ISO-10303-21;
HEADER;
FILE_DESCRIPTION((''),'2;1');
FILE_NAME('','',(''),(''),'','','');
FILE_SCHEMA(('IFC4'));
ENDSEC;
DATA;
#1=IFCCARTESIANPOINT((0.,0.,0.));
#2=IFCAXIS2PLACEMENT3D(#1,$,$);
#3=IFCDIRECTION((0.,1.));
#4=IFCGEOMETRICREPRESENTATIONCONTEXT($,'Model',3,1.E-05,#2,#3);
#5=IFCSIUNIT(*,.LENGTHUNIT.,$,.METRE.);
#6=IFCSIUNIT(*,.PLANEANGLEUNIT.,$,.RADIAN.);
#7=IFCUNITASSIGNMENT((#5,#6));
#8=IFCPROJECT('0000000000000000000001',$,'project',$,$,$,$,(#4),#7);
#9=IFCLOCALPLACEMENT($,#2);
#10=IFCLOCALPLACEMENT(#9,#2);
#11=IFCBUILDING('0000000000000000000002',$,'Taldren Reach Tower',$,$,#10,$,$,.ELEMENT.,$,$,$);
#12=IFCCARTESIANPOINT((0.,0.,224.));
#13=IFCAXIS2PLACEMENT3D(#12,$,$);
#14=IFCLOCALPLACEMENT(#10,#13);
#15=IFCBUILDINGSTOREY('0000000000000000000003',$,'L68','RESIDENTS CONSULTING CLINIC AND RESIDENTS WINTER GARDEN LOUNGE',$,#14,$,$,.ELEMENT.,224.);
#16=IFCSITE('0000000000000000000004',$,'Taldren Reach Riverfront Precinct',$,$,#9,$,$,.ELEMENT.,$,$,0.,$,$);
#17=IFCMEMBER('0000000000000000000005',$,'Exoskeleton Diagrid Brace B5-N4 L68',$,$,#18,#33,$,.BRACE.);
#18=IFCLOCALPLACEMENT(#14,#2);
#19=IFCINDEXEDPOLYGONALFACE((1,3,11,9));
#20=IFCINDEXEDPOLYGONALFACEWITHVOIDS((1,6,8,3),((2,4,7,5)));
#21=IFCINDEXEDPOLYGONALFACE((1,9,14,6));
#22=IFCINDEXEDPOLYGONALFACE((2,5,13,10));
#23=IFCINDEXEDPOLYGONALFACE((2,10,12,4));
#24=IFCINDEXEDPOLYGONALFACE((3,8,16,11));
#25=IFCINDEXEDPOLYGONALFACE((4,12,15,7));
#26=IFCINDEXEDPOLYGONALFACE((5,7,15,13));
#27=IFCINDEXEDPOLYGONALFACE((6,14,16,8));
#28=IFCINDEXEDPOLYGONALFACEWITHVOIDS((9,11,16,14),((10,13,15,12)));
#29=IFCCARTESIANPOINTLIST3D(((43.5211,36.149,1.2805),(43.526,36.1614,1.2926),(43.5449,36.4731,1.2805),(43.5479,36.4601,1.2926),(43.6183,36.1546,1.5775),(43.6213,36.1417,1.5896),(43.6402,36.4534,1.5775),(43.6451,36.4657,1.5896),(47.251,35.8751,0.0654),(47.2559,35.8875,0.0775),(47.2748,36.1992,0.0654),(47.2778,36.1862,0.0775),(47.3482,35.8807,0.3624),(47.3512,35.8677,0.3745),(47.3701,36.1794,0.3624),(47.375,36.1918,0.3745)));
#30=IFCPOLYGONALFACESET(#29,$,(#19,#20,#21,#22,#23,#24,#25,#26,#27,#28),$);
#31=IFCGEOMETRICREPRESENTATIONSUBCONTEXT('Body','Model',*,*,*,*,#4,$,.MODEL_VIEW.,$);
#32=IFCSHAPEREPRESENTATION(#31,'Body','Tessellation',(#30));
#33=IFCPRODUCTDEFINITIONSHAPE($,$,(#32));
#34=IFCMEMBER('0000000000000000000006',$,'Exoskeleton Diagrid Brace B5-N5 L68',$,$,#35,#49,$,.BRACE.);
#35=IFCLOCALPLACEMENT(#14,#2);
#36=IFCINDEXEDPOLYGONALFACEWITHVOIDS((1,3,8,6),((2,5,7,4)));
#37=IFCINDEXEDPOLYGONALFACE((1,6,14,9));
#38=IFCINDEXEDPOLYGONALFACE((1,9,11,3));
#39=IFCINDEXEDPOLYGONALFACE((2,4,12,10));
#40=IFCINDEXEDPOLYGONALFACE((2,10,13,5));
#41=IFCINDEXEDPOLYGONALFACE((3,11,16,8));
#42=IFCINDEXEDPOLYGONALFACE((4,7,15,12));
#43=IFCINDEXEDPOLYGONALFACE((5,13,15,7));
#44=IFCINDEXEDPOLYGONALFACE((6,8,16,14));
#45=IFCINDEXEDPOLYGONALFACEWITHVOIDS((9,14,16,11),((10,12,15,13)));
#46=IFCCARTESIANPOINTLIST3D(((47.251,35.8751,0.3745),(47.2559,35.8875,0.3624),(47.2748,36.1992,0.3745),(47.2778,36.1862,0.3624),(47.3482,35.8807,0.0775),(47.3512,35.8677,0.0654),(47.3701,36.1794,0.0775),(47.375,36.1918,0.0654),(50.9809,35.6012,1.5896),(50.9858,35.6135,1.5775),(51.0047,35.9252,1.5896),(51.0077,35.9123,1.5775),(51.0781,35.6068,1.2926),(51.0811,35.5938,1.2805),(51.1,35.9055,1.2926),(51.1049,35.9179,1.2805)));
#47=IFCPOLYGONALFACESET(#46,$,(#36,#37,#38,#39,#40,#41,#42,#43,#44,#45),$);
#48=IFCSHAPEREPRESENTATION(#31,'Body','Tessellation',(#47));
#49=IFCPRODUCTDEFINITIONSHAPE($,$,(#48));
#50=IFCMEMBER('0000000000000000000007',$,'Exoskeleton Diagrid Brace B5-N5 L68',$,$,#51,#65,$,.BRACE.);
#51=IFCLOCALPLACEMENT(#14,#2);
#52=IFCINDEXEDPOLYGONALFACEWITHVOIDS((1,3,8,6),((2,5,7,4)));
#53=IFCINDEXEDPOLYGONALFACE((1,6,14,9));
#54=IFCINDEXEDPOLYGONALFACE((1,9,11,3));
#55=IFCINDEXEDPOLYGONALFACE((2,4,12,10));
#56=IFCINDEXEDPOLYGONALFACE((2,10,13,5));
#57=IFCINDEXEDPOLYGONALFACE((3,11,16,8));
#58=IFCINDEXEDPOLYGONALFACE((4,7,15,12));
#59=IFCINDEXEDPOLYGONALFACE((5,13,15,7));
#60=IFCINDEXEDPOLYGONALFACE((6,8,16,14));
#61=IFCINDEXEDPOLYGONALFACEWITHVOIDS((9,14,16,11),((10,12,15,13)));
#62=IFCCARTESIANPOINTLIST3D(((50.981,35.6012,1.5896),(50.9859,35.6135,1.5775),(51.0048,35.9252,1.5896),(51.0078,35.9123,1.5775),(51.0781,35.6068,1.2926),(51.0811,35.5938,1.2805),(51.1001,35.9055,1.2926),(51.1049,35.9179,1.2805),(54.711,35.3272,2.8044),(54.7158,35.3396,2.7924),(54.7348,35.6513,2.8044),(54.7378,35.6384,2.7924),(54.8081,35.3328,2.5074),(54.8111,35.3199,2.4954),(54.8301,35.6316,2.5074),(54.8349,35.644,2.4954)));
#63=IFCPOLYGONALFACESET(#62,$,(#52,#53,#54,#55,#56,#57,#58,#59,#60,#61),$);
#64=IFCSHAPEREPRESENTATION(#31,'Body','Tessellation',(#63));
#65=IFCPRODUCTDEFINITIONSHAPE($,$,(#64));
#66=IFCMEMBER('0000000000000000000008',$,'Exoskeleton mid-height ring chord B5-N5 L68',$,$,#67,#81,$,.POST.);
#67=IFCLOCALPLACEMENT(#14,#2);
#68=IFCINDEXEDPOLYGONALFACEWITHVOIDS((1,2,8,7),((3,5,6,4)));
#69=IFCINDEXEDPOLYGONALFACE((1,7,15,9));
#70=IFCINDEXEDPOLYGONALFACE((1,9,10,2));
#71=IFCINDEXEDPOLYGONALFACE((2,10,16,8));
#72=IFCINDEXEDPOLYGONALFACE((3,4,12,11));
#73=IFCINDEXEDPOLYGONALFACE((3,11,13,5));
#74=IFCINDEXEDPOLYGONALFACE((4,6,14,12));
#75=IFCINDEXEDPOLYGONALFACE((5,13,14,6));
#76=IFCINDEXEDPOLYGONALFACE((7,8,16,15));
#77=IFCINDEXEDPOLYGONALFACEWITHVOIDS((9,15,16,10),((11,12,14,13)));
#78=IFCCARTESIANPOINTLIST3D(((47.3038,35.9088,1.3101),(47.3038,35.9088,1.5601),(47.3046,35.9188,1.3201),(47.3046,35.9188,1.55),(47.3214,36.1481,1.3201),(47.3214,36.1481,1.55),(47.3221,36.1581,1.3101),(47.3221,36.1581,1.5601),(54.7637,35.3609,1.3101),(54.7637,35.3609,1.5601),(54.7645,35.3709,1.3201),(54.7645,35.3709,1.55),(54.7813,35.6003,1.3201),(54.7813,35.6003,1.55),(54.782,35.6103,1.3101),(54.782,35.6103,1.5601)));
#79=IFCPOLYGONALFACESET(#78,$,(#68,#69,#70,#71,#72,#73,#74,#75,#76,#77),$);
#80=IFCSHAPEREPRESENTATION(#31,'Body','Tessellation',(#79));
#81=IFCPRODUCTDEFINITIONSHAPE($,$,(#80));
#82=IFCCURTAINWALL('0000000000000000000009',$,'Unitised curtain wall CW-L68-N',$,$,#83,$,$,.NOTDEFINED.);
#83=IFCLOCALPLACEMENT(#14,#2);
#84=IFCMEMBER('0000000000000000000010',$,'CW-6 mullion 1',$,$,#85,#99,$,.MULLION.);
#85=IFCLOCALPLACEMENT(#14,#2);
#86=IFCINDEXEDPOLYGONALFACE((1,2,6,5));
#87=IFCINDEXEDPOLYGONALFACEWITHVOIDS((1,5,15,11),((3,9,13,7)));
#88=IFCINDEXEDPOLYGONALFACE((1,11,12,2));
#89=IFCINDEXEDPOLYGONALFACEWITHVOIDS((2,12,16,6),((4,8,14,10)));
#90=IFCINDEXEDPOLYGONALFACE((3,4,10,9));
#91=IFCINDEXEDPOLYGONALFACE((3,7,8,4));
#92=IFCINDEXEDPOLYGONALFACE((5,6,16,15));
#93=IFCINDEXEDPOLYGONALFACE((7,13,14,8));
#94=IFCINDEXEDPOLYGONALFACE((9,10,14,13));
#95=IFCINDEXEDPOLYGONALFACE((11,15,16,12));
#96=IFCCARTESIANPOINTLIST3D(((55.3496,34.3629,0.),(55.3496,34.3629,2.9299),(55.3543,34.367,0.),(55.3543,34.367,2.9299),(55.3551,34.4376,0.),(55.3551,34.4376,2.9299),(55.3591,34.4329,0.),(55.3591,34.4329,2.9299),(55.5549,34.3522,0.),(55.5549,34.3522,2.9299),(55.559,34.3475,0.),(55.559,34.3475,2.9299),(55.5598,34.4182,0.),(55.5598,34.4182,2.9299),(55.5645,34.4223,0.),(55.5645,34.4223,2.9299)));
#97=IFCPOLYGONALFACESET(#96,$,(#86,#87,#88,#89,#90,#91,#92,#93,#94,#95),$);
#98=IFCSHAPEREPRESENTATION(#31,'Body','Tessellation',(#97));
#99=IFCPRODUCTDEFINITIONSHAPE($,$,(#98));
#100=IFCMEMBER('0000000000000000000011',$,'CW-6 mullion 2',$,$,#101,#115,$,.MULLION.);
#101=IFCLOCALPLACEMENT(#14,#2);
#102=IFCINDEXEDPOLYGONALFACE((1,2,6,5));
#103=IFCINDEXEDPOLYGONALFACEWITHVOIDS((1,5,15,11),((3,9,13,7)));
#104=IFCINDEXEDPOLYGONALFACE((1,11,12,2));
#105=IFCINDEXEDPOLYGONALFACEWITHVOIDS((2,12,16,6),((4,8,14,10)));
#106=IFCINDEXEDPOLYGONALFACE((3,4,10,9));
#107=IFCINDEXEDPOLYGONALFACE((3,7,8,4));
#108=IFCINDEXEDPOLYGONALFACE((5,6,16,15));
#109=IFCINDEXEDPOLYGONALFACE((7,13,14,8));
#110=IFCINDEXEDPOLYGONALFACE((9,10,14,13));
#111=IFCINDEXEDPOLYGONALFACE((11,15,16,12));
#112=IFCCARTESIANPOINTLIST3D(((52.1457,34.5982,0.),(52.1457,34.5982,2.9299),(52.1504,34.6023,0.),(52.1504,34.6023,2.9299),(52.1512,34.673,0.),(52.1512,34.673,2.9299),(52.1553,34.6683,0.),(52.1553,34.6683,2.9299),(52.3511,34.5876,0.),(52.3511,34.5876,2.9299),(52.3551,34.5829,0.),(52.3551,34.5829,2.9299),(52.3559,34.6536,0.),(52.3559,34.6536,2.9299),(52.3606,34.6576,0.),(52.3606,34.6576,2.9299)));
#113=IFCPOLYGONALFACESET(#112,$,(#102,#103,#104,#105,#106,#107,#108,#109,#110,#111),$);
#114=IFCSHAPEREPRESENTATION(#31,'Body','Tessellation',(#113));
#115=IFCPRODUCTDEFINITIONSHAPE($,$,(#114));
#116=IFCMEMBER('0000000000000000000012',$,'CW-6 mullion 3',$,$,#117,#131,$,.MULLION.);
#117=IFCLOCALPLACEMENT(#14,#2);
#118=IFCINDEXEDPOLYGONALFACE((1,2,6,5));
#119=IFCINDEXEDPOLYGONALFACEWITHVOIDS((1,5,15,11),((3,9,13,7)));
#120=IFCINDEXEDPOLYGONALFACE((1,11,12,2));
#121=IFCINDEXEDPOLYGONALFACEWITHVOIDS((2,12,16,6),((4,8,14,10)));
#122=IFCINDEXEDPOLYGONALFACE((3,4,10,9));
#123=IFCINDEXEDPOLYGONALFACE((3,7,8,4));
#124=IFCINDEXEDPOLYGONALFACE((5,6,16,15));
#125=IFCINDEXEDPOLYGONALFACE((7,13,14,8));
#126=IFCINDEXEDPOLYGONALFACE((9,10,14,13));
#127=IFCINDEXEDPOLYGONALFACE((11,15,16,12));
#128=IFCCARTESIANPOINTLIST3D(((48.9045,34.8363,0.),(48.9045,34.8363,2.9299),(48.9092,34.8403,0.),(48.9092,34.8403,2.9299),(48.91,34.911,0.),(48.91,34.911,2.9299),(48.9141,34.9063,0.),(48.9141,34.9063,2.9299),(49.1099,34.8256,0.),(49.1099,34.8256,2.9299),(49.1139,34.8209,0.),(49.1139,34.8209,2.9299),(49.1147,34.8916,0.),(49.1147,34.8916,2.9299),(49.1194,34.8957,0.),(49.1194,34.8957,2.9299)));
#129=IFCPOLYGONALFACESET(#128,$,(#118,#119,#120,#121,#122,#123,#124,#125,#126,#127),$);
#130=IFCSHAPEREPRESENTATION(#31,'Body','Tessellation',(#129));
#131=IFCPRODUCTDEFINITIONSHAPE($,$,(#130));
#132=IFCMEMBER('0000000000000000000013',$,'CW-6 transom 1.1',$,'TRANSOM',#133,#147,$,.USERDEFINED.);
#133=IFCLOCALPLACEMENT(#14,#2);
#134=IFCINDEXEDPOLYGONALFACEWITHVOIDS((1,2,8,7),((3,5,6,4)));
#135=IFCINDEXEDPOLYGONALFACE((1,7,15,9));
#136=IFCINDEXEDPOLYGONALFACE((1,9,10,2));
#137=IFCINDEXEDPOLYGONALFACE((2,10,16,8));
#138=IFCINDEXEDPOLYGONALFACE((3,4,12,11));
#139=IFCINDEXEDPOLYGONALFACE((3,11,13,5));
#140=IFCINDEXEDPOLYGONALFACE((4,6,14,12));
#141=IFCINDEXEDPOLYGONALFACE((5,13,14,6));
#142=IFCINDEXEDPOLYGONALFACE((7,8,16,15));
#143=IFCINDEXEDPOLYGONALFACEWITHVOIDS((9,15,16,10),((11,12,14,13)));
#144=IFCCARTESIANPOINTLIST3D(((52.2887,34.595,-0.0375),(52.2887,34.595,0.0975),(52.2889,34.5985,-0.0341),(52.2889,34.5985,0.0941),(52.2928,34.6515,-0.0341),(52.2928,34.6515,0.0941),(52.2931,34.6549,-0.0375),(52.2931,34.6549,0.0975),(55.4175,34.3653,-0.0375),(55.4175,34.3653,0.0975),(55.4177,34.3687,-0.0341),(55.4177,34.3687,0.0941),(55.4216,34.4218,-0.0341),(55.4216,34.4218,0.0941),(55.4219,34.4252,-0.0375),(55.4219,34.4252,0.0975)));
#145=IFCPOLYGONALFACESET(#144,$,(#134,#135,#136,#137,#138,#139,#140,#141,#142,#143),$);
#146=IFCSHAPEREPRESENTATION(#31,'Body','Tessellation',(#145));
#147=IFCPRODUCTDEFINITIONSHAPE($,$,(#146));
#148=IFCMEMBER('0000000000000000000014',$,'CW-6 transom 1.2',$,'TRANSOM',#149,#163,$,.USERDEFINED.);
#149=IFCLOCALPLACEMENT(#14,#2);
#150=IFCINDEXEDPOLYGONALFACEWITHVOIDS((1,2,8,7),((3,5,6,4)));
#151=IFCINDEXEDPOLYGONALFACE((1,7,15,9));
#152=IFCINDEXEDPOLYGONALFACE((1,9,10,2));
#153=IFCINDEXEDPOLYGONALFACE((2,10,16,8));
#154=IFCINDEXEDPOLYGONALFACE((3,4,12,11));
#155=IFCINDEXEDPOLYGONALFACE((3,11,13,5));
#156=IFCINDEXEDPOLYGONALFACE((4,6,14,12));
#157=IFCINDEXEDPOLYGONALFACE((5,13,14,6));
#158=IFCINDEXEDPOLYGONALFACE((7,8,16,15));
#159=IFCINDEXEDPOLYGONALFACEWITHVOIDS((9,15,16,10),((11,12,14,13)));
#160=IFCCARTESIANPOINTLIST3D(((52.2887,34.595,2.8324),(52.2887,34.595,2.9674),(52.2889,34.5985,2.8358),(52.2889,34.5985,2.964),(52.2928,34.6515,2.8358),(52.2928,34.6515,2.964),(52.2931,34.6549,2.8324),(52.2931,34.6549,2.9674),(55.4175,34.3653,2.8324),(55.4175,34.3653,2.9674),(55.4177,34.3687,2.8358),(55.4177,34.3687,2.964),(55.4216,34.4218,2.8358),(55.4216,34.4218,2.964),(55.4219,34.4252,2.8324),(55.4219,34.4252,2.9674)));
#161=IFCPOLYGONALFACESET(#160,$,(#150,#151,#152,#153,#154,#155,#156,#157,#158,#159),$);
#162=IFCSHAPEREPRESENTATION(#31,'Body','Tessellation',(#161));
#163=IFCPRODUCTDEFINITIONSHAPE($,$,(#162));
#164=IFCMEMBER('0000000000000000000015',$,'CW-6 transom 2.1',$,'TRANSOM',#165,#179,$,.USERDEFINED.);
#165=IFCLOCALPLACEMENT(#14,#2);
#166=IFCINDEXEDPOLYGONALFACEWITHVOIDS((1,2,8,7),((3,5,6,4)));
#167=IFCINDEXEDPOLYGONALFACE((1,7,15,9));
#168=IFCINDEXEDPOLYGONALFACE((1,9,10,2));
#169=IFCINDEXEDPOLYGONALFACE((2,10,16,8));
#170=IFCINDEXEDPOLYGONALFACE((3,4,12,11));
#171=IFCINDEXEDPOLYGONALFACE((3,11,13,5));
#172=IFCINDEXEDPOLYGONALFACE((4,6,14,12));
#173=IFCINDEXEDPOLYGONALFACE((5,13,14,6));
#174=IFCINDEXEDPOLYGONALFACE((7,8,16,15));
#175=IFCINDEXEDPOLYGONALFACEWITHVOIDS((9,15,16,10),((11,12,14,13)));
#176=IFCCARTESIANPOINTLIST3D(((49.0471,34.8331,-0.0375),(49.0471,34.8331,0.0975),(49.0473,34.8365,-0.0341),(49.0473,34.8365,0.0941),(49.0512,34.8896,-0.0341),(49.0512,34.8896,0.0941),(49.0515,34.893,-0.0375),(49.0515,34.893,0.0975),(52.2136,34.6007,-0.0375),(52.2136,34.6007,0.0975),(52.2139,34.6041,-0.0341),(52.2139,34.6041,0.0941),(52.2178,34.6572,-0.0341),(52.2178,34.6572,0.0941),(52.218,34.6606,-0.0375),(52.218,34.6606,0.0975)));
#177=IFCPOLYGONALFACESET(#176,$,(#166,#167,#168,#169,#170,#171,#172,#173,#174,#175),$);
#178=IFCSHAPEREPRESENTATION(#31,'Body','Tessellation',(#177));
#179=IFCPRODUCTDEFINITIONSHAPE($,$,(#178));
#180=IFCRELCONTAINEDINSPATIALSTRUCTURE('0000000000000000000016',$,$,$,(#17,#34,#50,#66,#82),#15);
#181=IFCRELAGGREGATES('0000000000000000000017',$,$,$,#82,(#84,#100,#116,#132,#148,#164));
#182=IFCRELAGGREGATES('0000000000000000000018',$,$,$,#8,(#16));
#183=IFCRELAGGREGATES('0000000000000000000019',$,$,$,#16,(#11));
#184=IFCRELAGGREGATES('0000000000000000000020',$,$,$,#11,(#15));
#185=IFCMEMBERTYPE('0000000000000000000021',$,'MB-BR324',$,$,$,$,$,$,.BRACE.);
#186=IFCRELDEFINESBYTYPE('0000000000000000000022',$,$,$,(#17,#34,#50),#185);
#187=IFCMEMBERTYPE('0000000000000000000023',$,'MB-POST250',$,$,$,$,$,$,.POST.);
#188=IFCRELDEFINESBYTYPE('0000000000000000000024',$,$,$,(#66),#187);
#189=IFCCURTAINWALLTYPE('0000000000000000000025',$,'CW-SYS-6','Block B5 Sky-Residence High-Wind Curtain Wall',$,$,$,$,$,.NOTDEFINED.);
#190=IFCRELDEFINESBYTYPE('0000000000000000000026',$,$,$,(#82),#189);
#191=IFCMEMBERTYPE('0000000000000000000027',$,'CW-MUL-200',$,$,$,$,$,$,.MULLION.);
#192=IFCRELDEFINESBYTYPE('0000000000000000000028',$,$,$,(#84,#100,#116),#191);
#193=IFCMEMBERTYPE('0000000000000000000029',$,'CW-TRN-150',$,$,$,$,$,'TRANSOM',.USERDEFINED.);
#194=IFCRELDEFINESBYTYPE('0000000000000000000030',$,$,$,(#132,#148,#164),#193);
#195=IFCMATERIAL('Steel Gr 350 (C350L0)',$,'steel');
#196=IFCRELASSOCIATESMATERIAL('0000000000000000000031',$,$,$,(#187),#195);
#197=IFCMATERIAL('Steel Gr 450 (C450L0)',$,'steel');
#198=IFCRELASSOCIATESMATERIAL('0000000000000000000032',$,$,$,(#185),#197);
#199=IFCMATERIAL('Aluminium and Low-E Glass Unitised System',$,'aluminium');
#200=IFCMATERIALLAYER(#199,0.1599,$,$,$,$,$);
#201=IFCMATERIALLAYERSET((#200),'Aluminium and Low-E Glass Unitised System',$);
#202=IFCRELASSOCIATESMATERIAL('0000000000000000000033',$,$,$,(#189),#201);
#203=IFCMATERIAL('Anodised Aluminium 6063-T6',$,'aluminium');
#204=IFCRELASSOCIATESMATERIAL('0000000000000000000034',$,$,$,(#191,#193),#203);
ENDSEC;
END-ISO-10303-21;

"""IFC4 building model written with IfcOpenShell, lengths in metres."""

from ifc_helpers import new_model, si_unit, direction, frame, origin, origin_2d, place, context, subcontext, project, spatial, hollow_rectangle, extrude, source, transform, mapped, material, layer, layer_set, material_profile, profile_set, type_object, element, aggregate, save


model = new_model("IFC4")

# Units and contexts
model_context = context("Model", 3, precision=1e-05, world=origin(), true_north=direction((0.0, 1.0)))
body_context = subcontext(model_context, "Body", "Model", "MODEL_VIEW")
ifc_project = project(units=[si_unit("LENGTHUNIT", "METRE"), si_unit("PLANEANGLEUNIT", "RADIAN")], contexts=[model_context])

# Site, building, storey
site_placement = place(None, origin())
site = spatial("IfcSite", under=ifc_project, at=site_placement, Name="Taldren Reach Riverfront Precinct", CompositionType="ELEMENT", RefElevation=0.0)
building_placement = place(site_placement, origin())
building = spatial("IfcBuilding", under=site, at=building_placement, Name="Taldren Reach Tower", CompositionType="ELEMENT")
storey_placement = place(building_placement, frame((0.0, 0.0, 224.0)))
storey = spatial("IfcBuildingStorey", under=building, at=storey_placement, Name="L68", Description="RESIDENTS CONSULTING CLINIC AND RESIDENTS WINTER GARDEN LOUNGE", CompositionType="ELEMENT", Elevation=224.0)

# Shared definitions
ifc_material_1 = material(Name="Steel Gr 350 (C350L0)", Category="steel")

# Shared definitions
ifc_material_profile_1 = material_profile(ifc_material_1, hollow_rectangle(XDim=0.25, YDim=0.25, WallThickness=0.01, at=origin_2d()), Name="250x250x10.0SHS")
ifc_profile_set_1 = profile_set([ifc_material_profile_1], Name="Steel Gr 350 (C350L0)")
member_type_1 = type_object("IfcMemberType", Name="MB-POST250", PredefinedType="POST", material=ifc_profile_set_1)
ifc_material_2 = material(Name="Steel Gr 450 (C450L0)", Category="steel")

# Members
ifc_material_profile_2 = material_profile(ifc_material_2, hollow_rectangle(XDim=0.325, YDim=0.325, WallThickness=0.0127, at=origin_2d()), Name="325x325x12.7SHS")
ifc_profile_set_2 = profile_set([ifc_material_profile_2], Name="Steel Gr 450 (C450L0)")
member_type_2 = type_object("IfcMemberType", Name="MB-BR324", PredefinedType="BRACE", material=ifc_profile_set_2)
shared_shape_1 = source(origin(), body_context, "Body", "SweptSolid", [
    extrude(hollow_rectangle(XDim=0.325, YDim=0.325, WallThickness=0.0127, at=origin_2d()), origin(), (0.0, 0.0, 1.0), 3.9324),
])
for number, where, z_axis, x_axis, name in (
    (1, (47.313, 36.0334, 0.22), (-0.948511, 0.069658, 0.308989), (-0.073242, -0.997314, 0.0), "Exoskeleton Diagrid Brace B5-N4 L68"),
    (2, (47.313, 36.0334, 0.22), (0.948511, -0.069658, 0.308989), (0.073242, 0.997314, 0.0), "Exoskeleton Diagrid Brace B5-N5 L68"),
    (3, (51.043, 35.7595, 1.4351), (0.948529, -0.069659, 0.308933), (0.073242, 0.997314, 0.0), "Exoskeleton Diagrid Brace B5-N5 L68"),
):
    element("IfcMember", number, at=place(storey_placement, frame(where, z_axis=z_axis, x_axis=x_axis)), inside=storey, type_object=member_type_2, Name=name, PredefinedType="BRACE", context=body_context, shape_type="MappedRepresentation", body=[
        mapped(shared_shape_1, transform((0.0, 0.0, 0.0), scale=1.0)),
    ])
shared_shape_2 = source(origin(), body_context, "Body", "SweptSolid", [
    extrude(hollow_rectangle(XDim=0.25, YDim=0.25, WallThickness=0.01, at=origin_2d()), origin(), (0.0, 0.0, 1.0), 7.48),
])
member_1_placement = place(storey_placement, frame((47.313, 36.0334, 1.4351), z_axis=(0.997314, -0.073242, 0.0), x_axis=(0.073242, 0.997314, 0.0)))
element("IfcMember", 4, at=member_1_placement, inside=storey, type_object=member_type_1, Name="Exoskeleton mid-height ring chord B5-N5 L68", PredefinedType="POST", context=body_context, shape_type="MappedRepresentation", body=[
    mapped(shared_shape_2, transform((0.0, 0.0, 0.0), scale=1.0)),
])

# Curtain wall, members
ifc_material_3 = material(Name="Aluminium and Low-E Glass Unitised System", Category="aluminium")
ifc_layer_1 = layer(ifc_material_3, 0.1599)
ifc_layer_set_1 = layer_set([ifc_layer_1], Name="Aluminium and Low-E Glass Unitised System")
curtain_wall_type = type_object("IfcCurtainWallType", Name="CW-SYS-6", Description="Block B5 Sky-Residence High-Wind Curtain Wall", PredefinedType="NOTDEFINED", material=ifc_layer_set_1)
curtain_wall_placement = place(storey_placement, origin())
curtain_wall = element("IfcCurtainWall", 5, at=curtain_wall_placement, inside=storey, type_object=curtain_wall_type, Name="Unitised curtain wall CW-L68-N", PredefinedType="NOTDEFINED")
ifc_material_4 = material(Name="Anodised Aluminium 6063-T6", Category="aluminium")
ifc_material_profile_3 = material_profile(ifc_material_4, hollow_rectangle(XDim=0.075, YDim=0.21, WallThickness=0.0044, at=origin_2d()), Name="ALU-210x75x4.5RHS")
ifc_profile_set_3 = profile_set([ifc_material_profile_3], Name="Anodised Aluminium 6063-T6")
member_type_3 = type_object("IfcMemberType", Name="CW-MUL-200", PredefinedType="MULLION", material=ifc_profile_set_3)
shared_shape_3 = source(origin(), body_context, "Body", "SweptSolid", [
    extrude(hollow_rectangle(XDim=0.075, YDim=0.21, WallThickness=0.0044, at=origin_2d()), origin(), (0.0, 0.0, 1.0), 2.9299),
])
member_2_placement = place(storey_placement, frame((55.457, 34.3926, 0.0), z_axis=(0.0, 0.0, 1.0), x_axis=(-0.073238, -0.997314, 0.0)))
member_2 = element("IfcMember", 6, at=member_2_placement, type_object=member_type_3, Name="CW-6 mullion 1", PredefinedType="MULLION", context=body_context, shape_type="MappedRepresentation", body=[
    mapped(shared_shape_3, transform((0.0, 0.0, 0.0), scale=1.0)),
])
member_3_placement = place(storey_placement, frame((52.2532, 34.6279, 0.0), z_axis=(0.0, 0.0, 1.0), x_axis=(-0.073238, -0.997314, 0.0)))
member_3 = element("IfcMember", 7, at=member_3_placement, type_object=member_type_3, Name="CW-6 mullion 2", PredefinedType="MULLION", context=body_context, shape_type="MappedRepresentation", body=[
    mapped(shared_shape_3, transform((0.0, 0.0, 0.0), scale=1.0)),
])
member_4_placement = place(storey_placement, frame((49.012, 34.866, 0.0), z_axis=(0.0, 0.0, 1.0), x_axis=(-0.073238, -0.997314, 0.0)))
member_4 = element("IfcMember", 8, at=member_4_placement, type_object=member_type_3, Name="CW-6 mullion 3", PredefinedType="MULLION", context=body_context, shape_type="MappedRepresentation", body=[
    mapped(shared_shape_3, transform((0.0, 0.0, 0.0), scale=1.0)),
])
ifc_material_profile_4 = material_profile(ifc_material_4, hollow_rectangle(XDim=0.0601, YDim=0.135, WallThickness=0.0034, at=origin_2d()), Name="ALU-135x60x3.5RHS")
ifc_profile_set_4 = profile_set([ifc_material_profile_4], Name="Anodised Aluminium 6063-T6")
member_type_4 = type_object("IfcMemberType", Name="CW-TRN-150", ElementType="TRANSOM", PredefinedType="USERDEFINED", material=ifc_profile_set_4)
shared_shape_4 = source(origin(), body_context, "Body", "SweptSolid", [
    extrude(hollow_rectangle(XDim=0.0601, YDim=0.135, WallThickness=0.0034, at=origin_2d()), origin(), (0.0, 0.0, 1.0), 3.1372),
])
member_5_placement = place(storey_placement, frame((55.4197, 34.3953, 0.03), z_axis=(-0.997315, 0.073227, 0.0), x_axis=(-0.073227, -0.997315, 0.0)))
member_5 = element("IfcMember", 9, at=member_5_placement, type_object=member_type_4, Name="CW-6 transom 1.1", ObjectType="TRANSOM", PredefinedType="USERDEFINED", context=body_context, shape_type="MappedRepresentation", body=[
    mapped(shared_shape_4, transform((0.0, 0.0, 0.0), scale=1.0)),
])
member_6_placement = place(storey_placement, frame((55.4197, 34.3953, 2.8999), z_axis=(-0.997315, 0.073227, 0.0), x_axis=(-0.073227, -0.997315, 0.0)))
member_6 = element("IfcMember", 10, at=member_6_placement, type_object=member_type_4, Name="CW-6 transom 1.2", ObjectType="TRANSOM", PredefinedType="USERDEFINED", context=body_context, shape_type="MappedRepresentation", body=[
    mapped(shared_shape_4, transform((0.0, 0.0, 0.0), scale=1.0)),
])
shared_shape_5 = source(origin(), body_context, "Body", "SweptSolid", [
    extrude(hollow_rectangle(XDim=0.0601, YDim=0.135, WallThickness=0.0034, at=origin_2d()), origin(), (0.0, 0.0, 1.0), 3.175),
])
member_7_placement = place(storey_placement, frame((52.2158, 34.6306, 0.03), z_axis=(-0.997317, 0.073203, 0.0), x_axis=(-0.073203, -0.997317, 0.0)))
member_7 = element("IfcMember", 11, at=member_7_placement, type_object=member_type_4, Name="CW-6 transom 2.1", ObjectType="TRANSOM", PredefinedType="USERDEFINED", context=body_context, shape_type="MappedRepresentation", body=[
    mapped(shared_shape_5, transform((0.0, 0.0, 0.0), scale=1.0)),
])

aggregate(curtain_wall, [member_2, member_3, member_4, member_5, member_6, member_7])

save(model, "model.ifc")
